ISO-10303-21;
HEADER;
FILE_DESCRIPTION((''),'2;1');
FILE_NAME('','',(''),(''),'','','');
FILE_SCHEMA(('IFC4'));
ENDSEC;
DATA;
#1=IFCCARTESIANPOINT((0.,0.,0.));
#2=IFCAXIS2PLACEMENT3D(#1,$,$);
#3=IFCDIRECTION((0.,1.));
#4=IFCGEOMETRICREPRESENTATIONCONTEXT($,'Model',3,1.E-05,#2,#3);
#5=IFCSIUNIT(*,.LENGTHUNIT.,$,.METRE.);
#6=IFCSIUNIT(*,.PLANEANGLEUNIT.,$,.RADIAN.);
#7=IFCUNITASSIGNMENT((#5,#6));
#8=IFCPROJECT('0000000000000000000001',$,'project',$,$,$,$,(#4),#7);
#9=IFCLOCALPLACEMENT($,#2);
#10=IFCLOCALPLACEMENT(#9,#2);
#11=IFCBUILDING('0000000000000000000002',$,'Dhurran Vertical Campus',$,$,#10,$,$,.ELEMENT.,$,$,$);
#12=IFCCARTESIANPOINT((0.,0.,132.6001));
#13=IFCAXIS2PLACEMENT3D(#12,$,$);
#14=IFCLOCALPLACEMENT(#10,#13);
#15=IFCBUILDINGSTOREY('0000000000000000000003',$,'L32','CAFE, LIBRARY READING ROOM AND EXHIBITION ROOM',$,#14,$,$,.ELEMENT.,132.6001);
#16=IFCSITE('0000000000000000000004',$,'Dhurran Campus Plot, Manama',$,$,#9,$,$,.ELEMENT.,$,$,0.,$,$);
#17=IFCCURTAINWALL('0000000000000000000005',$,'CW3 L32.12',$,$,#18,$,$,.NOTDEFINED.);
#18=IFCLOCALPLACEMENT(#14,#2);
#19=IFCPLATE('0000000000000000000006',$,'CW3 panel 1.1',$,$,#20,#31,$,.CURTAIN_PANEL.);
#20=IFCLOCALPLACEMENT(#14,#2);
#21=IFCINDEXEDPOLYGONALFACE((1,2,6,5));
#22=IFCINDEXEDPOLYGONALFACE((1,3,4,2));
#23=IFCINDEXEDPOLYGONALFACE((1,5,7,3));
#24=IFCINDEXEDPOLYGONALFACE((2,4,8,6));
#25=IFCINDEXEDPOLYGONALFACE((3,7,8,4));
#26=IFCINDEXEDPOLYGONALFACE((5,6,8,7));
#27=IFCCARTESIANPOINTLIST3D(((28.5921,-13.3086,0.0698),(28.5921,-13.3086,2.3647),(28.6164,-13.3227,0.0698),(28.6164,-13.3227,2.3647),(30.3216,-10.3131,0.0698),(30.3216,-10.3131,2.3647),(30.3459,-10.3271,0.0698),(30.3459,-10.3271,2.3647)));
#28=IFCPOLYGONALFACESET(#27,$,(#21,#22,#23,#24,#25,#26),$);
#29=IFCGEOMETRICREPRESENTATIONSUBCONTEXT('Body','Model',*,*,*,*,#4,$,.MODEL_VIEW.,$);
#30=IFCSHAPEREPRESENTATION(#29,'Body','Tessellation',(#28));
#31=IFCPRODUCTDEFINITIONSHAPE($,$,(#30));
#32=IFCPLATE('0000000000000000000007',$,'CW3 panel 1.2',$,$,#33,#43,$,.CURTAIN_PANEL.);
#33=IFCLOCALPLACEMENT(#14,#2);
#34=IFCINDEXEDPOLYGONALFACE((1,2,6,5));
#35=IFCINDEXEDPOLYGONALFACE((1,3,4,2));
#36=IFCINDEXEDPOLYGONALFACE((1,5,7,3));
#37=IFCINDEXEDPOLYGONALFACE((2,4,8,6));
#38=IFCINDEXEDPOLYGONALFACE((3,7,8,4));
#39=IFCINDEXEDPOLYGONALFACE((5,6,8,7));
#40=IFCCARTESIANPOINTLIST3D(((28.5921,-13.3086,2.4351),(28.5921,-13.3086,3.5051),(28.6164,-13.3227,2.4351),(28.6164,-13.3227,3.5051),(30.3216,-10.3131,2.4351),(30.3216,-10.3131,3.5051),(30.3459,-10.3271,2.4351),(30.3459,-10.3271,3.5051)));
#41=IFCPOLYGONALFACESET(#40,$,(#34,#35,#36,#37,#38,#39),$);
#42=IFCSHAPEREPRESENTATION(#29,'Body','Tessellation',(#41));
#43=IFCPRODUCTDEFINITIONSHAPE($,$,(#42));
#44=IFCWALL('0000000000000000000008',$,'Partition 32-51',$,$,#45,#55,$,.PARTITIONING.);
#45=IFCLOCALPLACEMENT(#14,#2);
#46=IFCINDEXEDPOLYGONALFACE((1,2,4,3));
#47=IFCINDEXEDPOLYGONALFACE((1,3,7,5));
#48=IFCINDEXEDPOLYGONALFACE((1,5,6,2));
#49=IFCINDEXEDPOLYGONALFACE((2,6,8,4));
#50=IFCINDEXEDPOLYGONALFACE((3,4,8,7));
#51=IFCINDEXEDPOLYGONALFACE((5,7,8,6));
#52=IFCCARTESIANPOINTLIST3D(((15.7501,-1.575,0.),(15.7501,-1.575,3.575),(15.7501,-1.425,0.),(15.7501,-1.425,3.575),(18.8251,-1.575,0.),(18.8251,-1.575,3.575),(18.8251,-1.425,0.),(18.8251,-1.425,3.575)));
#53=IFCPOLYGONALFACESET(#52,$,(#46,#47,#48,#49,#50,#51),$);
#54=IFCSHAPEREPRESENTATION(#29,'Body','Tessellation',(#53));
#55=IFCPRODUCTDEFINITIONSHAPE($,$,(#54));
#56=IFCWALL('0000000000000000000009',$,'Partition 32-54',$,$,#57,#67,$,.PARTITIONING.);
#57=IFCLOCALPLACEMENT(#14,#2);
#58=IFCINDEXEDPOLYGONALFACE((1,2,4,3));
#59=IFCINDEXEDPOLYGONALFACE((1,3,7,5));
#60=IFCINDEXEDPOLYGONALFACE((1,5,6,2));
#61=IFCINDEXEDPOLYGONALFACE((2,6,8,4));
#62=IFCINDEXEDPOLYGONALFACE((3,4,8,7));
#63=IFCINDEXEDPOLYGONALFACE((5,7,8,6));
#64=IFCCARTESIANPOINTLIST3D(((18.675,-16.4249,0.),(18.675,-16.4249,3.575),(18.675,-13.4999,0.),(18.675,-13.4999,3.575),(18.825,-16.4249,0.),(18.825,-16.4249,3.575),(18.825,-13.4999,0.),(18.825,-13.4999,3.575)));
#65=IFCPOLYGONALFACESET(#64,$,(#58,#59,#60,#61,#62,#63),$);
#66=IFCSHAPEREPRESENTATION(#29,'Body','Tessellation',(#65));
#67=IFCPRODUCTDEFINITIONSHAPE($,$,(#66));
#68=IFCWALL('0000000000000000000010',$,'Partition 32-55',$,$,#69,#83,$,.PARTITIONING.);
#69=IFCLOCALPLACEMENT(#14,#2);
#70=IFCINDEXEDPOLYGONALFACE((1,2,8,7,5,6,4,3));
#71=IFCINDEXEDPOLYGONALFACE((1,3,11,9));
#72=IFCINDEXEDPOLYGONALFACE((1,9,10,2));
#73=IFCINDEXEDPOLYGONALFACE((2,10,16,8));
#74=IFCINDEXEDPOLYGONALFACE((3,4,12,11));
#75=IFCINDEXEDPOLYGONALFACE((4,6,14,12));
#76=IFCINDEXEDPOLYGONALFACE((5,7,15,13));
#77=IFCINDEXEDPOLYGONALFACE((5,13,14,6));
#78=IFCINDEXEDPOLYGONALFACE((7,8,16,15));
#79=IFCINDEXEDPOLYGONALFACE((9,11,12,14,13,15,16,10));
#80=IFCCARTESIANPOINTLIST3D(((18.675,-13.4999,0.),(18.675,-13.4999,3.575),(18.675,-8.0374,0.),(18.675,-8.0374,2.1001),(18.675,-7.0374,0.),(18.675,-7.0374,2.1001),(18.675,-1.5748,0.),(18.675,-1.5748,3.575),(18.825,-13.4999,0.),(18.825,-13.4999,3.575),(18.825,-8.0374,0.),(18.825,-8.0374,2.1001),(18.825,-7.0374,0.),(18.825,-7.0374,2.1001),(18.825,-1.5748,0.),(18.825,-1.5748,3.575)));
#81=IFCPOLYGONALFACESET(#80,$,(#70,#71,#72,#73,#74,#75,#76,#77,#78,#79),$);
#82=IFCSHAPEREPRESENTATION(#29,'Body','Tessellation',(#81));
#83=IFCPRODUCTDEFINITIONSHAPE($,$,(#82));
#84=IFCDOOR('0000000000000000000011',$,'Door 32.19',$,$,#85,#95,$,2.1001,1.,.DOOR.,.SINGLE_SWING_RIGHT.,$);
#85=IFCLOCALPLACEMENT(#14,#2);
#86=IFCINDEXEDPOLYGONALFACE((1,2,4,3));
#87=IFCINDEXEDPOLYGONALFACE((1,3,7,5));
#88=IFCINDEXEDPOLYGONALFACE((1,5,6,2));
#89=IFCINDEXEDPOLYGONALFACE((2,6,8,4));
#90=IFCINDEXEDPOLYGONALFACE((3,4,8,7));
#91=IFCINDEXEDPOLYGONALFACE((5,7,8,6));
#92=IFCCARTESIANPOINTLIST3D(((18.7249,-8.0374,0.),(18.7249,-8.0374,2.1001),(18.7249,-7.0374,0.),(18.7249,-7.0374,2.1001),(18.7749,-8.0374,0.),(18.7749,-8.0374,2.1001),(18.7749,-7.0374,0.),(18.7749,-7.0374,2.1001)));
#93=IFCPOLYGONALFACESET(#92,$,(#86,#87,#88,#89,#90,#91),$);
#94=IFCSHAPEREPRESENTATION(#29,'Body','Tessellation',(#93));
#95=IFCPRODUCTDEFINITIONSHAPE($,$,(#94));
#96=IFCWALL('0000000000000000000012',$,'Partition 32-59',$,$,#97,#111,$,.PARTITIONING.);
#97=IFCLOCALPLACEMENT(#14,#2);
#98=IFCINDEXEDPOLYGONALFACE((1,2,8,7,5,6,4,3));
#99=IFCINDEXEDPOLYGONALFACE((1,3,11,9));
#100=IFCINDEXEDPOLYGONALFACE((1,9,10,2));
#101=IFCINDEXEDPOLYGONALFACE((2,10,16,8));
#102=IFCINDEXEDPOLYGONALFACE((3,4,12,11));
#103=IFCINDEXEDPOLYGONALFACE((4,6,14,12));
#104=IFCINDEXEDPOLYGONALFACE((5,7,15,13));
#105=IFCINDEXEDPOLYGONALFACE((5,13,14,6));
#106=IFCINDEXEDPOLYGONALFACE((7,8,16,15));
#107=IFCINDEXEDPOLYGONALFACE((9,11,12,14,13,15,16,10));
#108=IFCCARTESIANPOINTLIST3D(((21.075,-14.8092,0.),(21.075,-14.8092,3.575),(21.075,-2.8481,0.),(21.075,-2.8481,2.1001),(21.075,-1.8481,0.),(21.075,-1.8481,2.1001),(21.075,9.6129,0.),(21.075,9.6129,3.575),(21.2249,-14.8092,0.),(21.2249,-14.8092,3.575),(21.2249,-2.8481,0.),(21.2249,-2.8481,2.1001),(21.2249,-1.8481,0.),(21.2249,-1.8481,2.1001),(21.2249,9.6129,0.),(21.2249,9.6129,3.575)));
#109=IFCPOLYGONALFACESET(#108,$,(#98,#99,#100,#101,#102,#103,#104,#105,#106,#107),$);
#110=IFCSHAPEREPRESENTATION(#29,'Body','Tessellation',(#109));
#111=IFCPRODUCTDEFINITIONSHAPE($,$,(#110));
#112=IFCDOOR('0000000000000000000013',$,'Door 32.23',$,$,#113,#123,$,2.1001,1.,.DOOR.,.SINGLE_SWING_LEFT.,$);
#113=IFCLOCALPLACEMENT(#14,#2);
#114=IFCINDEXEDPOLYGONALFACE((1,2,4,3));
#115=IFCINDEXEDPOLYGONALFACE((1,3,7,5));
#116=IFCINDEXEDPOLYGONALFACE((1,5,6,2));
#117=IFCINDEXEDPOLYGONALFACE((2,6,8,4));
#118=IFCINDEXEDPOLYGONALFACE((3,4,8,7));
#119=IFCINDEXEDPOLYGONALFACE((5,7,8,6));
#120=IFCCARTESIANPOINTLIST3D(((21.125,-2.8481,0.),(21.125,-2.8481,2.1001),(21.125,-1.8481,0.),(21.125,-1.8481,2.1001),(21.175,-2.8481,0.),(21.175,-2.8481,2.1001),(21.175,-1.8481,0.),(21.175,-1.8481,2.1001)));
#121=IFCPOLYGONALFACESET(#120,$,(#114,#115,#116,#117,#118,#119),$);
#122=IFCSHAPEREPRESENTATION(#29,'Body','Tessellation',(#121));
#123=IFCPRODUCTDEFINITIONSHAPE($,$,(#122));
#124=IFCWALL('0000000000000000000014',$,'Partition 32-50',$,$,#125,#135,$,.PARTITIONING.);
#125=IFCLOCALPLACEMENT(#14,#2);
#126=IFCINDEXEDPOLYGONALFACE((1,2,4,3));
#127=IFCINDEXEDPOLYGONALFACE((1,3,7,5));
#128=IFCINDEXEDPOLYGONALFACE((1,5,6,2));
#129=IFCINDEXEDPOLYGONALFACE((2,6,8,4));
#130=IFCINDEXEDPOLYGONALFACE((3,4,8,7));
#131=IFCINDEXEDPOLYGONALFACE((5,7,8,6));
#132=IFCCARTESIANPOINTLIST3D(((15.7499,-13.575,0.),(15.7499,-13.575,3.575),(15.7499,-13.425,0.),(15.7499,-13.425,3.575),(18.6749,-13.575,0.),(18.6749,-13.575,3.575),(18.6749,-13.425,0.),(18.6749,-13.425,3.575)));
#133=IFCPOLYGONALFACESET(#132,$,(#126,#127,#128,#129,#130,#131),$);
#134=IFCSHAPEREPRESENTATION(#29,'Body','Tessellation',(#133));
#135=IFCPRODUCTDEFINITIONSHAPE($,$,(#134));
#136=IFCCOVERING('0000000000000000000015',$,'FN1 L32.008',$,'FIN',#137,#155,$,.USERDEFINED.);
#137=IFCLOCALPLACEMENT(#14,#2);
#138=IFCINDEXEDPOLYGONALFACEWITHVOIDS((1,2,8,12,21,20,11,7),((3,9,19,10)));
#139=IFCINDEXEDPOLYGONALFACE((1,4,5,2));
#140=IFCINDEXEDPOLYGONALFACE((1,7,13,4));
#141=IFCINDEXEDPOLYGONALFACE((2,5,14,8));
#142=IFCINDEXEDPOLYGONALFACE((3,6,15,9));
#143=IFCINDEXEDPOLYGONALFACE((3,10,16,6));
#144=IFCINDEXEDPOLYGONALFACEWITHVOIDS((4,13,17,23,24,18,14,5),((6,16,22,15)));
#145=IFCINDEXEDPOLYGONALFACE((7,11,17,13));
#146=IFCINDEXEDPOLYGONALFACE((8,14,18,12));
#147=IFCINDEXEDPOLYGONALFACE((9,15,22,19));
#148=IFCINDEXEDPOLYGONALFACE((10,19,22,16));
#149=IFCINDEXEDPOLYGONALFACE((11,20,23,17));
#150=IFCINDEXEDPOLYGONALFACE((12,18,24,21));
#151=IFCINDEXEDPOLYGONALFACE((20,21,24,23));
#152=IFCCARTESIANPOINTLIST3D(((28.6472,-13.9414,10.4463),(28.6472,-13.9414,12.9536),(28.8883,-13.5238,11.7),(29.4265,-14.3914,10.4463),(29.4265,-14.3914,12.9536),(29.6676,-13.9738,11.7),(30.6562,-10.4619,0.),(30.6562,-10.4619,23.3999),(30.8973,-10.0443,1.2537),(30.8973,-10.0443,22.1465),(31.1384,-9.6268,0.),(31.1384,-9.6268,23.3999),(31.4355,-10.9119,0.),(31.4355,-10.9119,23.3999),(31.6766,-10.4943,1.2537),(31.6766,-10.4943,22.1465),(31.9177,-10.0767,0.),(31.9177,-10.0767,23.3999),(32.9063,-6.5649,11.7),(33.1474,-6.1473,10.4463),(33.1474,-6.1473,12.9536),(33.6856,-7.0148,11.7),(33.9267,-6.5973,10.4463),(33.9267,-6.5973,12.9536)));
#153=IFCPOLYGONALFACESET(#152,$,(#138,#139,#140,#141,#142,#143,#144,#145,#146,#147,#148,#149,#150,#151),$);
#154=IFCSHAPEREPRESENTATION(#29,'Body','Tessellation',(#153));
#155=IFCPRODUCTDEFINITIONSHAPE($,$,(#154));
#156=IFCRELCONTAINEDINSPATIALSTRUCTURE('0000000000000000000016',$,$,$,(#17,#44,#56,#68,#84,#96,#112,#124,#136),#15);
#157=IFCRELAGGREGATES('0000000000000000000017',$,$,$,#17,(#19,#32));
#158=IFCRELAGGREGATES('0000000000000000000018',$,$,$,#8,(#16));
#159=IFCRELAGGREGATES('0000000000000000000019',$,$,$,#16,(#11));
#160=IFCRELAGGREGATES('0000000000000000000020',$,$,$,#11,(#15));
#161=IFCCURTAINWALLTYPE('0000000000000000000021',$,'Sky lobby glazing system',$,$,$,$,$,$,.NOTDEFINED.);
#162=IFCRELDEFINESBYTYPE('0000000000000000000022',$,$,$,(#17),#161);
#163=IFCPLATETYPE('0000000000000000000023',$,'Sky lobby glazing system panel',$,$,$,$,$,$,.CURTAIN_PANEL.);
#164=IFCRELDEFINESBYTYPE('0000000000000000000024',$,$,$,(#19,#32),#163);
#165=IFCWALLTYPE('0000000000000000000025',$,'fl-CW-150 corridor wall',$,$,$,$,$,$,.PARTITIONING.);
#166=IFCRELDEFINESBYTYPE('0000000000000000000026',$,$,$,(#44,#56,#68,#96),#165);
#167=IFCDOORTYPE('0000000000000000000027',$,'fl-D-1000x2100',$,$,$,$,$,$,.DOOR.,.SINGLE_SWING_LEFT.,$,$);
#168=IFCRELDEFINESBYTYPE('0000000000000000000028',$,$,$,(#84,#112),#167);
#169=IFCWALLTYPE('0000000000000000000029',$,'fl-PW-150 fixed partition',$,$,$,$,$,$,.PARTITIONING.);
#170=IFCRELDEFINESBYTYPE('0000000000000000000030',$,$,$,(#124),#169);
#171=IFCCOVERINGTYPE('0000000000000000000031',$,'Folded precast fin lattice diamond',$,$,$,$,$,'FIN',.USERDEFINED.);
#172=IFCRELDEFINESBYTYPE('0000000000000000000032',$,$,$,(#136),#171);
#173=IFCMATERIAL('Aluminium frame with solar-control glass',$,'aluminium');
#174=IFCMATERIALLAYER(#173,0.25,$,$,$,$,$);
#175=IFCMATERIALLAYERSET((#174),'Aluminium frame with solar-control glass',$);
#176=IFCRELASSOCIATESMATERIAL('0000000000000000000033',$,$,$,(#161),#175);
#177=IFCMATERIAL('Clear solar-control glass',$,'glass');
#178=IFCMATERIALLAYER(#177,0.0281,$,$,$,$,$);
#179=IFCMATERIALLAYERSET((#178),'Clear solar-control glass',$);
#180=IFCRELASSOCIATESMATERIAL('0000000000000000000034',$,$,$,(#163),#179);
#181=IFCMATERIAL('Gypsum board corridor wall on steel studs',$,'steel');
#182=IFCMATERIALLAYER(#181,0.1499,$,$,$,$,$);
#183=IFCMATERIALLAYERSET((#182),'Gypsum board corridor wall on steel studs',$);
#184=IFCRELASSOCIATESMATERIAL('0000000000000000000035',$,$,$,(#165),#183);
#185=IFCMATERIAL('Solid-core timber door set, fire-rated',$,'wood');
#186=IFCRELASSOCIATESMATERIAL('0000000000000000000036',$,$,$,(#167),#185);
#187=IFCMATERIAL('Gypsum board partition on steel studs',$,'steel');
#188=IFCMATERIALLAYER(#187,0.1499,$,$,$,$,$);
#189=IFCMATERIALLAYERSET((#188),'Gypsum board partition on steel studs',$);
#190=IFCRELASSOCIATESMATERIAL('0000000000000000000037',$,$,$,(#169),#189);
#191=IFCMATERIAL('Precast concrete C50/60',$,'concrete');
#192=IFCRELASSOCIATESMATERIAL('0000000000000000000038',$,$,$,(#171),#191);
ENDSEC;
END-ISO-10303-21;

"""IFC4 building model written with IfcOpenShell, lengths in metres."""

from ifc_helpers import new_model, si_unit, direction, frame, frame_2d, origin, origin_2d, place, context, subcontext, project, spatial, polyline, rectangle, outline, extrude, material, layer, layer_set, type_object, element, fill, aggregate, save


model = new_model("IFC4")

# Units and contexts
model_context = context("Model", 3, precision=1e-05, world=origin(), true_north=direction((0.0, 1.0)))
body_context = subcontext(model_context, "Body", "Model", "MODEL_VIEW")
ifc_project = project(units=[si_unit("LENGTHUNIT", "METRE"), si_unit("PLANEANGLEUNIT", "RADIAN")], contexts=[model_context])

# Site, building, storey
site_placement = place(None, origin())
site = spatial("IfcSite", under=ifc_project, at=site_placement, Name="Dhurran Campus Plot, Manama", CompositionType="ELEMENT", RefElevation=0.0)
building_placement = place(site_placement, origin())
building = spatial("IfcBuilding", under=site, at=building_placement, Name="Dhurran Vertical Campus", CompositionType="ELEMENT")
storey_placement = place(building_placement, frame((0.0, 0.0, 132.6001)))
storey = spatial("IfcBuildingStorey", under=building, at=storey_placement, Name="L32", Description="CAFE, LIBRARY READING ROOM AND EXHIBITION ROOM", CompositionType="ELEMENT", Elevation=132.6001)

# Shared definitions
ifc_material_1 = material(Name="Aluminium frame with solar-control glass", Category="aluminium")
ifc_layer_1 = layer(ifc_material_1, 0.25)
ifc_layer_set_1 = layer_set([ifc_layer_1], Name="Aluminium frame with solar-control glass")
curtain_wall_type = type_object("IfcCurtainWallType", Name="Sky lobby glazing system", PredefinedType="NOTDEFINED", material=ifc_layer_set_1)

# Curtain wall
curtain_wall_1_placement = place(storey_placement, origin())
curtain_wall_1 = element("IfcCurtainWall", 1, at=curtain_wall_1_placement, inside=storey, type_object=curtain_wall_type, Name="CW3 L32.12", PredefinedType="NOTDEFINED")

# Plates
ifc_material_2 = material(Name="Clear solar-control glass", Category="glass")
ifc_layer_2 = layer(ifc_material_2, 0.0281)
ifc_layer_set_2 = layer_set([ifc_layer_2], Name="Clear solar-control glass")
plate_type = type_object("IfcPlateType", Name="Sky lobby glazing system panel", PredefinedType="CURTAIN_PANEL", material=ifc_layer_set_2)
plate_1_placement = place(storey_placement, frame((29.469, -11.8179, 0.0698), z_axis=(0.0, 0.0, 1.0), x_axis=(0.500003, 0.866024, 0.0)))
plate_1 = element("IfcPlate", 2, at=plate_1_placement, type_object=plate_type, Name="CW3 panel 1.1", PredefinedType="CURTAIN_PANEL", context=body_context, shape_type="SweptSolid", body=[
    extrude(rectangle(XDim=3.459, YDim=0.0281, at=origin_2d()), origin(), (0.0, 0.0, 1.0), 2.2949),
])
plate_2_placement = place(storey_placement, frame((29.469, -11.8179, 2.4351), z_axis=(0.0, 0.0, 1.0), x_axis=(0.500003, 0.866024, 0.0)))
plate_2 = element("IfcPlate", 3, at=plate_2_placement, type_object=plate_type, Name="CW3 panel 1.2", PredefinedType="CURTAIN_PANEL", context=body_context, shape_type="SweptSolid", body=[
    extrude(rectangle(XDim=3.459, YDim=0.0281, at=origin_2d()), origin(), (0.0, 0.0, 1.0), 1.0701),
])
aggregate(curtain_wall_1, [plate_1, plate_2])

# Walls
ifc_material_3 = material(Name="Gypsum board corridor wall on steel studs", Category="steel")
ifc_layer_3 = layer(ifc_material_3, 0.1499)
ifc_layer_set_3 = layer_set([ifc_layer_3], Name="Gypsum board corridor wall on steel studs")
wall_type_1 = type_object("IfcWallType", Name="fl-CW-150 corridor wall", PredefinedType="PARTITIONING", material=ifc_layer_set_3)
wall_1_placement = place(storey_placement, frame((15.75, -1.5, 0.0), z_axis=(0.0, 0.0, 1.0), x_axis=(1.0, 0.0, 0.0)))
element("IfcWall", 4, at=wall_1_placement, inside=storey, type_object=wall_type_1, Name="Partition 32-51", PredefinedType="PARTITIONING", context=body_context, shape_type="SweptSolid", body=[
    extrude(rectangle(XDim=3.075, YDim=0.1499, at=frame_2d((1.5376, 0.0))), origin(), (0.0, 0.0, 1.0), 3.575),
])
wall_2_placement = place(storey_placement, frame((18.75, -13.5, 0.0), z_axis=(0.0, 0.0, 1.0), x_axis=(0.0, -1.0, 0.0)))
element("IfcWall", 5, at=wall_2_placement, inside=storey, type_object=wall_type_1, Name="Partition 32-54", PredefinedType="PARTITIONING", context=body_context, shape_type="SweptSolid", body=[
    extrude(rectangle(XDim=2.925, YDim=0.1499, at=frame_2d((1.4624, 0.0))), origin(), (0.0, 0.0, 1.0), 3.575),
])

# Walls, openings, doors
wall_3_placement = place(storey_placement, frame((18.75, -1.575, 0.0), z_axis=(0.0, 0.0, 1.0), x_axis=(0.0, -1.0, 0.0)))
wall_3 = element("IfcWall", 6, at=wall_3_placement, inside=storey, type_object=wall_type_1, Name="Partition 32-55", PredefinedType="PARTITIONING", context=body_context, shape_type="SweptSolid", body=[
    extrude(rectangle(XDim=11.925, YDim=0.1499, at=frame_2d((5.9624, 0.0))), origin(), (0.0, 0.0, 1.0), 3.575),
])
opening_1_placement = place(wall_3_placement, frame((5.4624, 0.0, 0.0)))
opening_1 = element("IfcOpeningElement", 7, at=opening_1_placement, cuts=wall_3, PredefinedType="OPENING", context=body_context, shape_type="SweptSolid", body=[
    extrude(rectangle(XDim=1.0, YDim=2.1001, at=frame_2d((0.5, 1.05))), frame((0.0, 0.085, 0.0), z_axis=(0.0, -1.0, 0.0), x_axis=(1.0, 0.0, 0.0)), (0.0, 0.0, 1.0), 0.1699),
])
ifc_material_4 = material(Name="Solid-core timber door set, fire-rated", Category="wood")
door_type = type_object("IfcDoorType", Name="fl-D-1000x2100", OperationType="SINGLE_SWING_LEFT", PredefinedType="DOOR", material=ifc_material_4)
door_1_placement = place(opening_1_placement, origin())
door_1 = element("IfcDoor", 8, at=door_1_placement, inside=storey, type_object=door_type, Name="Door 32.19", OperationType="SINGLE_SWING_RIGHT", OverallHeight=2.1001, OverallWidth=1.0, PredefinedType="DOOR", context=body_context, shape_type="SweptSolid", body=[
    extrude(rectangle(XDim=1.0, YDim=2.1001, at=frame_2d((0.5, 1.05))), frame((0.0, 0.0249, 0.0), z_axis=(0.0, -1.0, 0.0), x_axis=(1.0, 0.0, 0.0)), (0.0, 0.0, 1.0), 0.05),
])
fill(opening_1, door_1)
wall_4_placement = place(storey_placement, frame((21.1499, -14.8091, 0.0), z_axis=(0.0, 0.0, 1.0), x_axis=(0.0, 1.0, 0.0)))
wall_4 = element("IfcWall", 9, at=wall_4_placement, inside=storey, type_object=wall_type_1, Name="Partition 32-59", PredefinedType="PARTITIONING", context=body_context, shape_type="SweptSolid", body=[
    extrude(rectangle(XDim=24.4221, YDim=0.1499, at=frame_2d((12.2109, 0.0))), origin(), (0.0, 0.0, 1.0), 3.575),
])
opening_2_placement = place(wall_4_placement, frame((11.9609, 0.0, 0.0)))
opening_2 = element("IfcOpeningElement", 10, at=opening_2_placement, cuts=wall_4, PredefinedType="OPENING", context=body_context, shape_type="SweptSolid", body=[
    extrude(rectangle(XDim=1.0, YDim=2.1001, at=frame_2d((0.5, 1.05))), frame((0.0, 0.085, 0.0), z_axis=(0.0, -1.0, 0.0), x_axis=(1.0, 0.0, 0.0)), (0.0, 0.0, 1.0), 0.1699),
])
door_2_placement = place(opening_2_placement, origin())
door_2 = element("IfcDoor", 11, at=door_2_placement, inside=storey, type_object=door_type, Name="Door 32.23", OperationType="SINGLE_SWING_LEFT", OverallHeight=2.1001, OverallWidth=1.0, PredefinedType="DOOR", context=body_context, shape_type="SweptSolid", body=[
    extrude(rectangle(XDim=1.0, YDim=2.1001, at=frame_2d((0.5, 1.05))), frame((0.0, 0.0249, 0.0), z_axis=(0.0, -1.0, 0.0), x_axis=(1.0, 0.0, 0.0)), (0.0, 0.0, 1.0), 0.05),
])
fill(opening_2, door_2)

# Wall
ifc_material_5 = material(Name="Gypsum board partition on steel studs", Category="steel")
ifc_layer_4 = layer(ifc_material_5, 0.1499)
ifc_layer_set_4 = layer_set([ifc_layer_4], Name="Gypsum board partition on steel studs")
wall_type_2 = type_object("IfcWallType", Name="fl-PW-150 fixed partition", PredefinedType="PARTITIONING", material=ifc_layer_set_4)
wall_5_placement = place(storey_placement, frame((15.75, -13.5, 0.0), z_axis=(0.0, 0.0, 1.0), x_axis=(1.0, 0.0, 0.0)))
element("IfcWall", 12, at=wall_5_placement, inside=storey, type_object=wall_type_2, Name="Partition 32-50", PredefinedType="PARTITIONING", context=body_context, shape_type="SweptSolid", body=[
    extrude(rectangle(XDim=2.925, YDim=0.1499, at=frame_2d((1.4624, 0.0))), origin(), (0.0, 0.0, 1.0), 3.575),
])

# Covering
ifc_material_6 = material(Name="Precast concrete C50/60", Category="concrete")
covering_type = type_object("IfcCoveringType", Name="Folded precast fin lattice diamond", ElementType="FIN", PredefinedType="USERDEFINED", material=ifc_material_6)
covering_placement = place(storey_placement, frame((28.6472, -13.9414, 0.0), z_axis=(0.866014, -0.50002, 0.0), x_axis=(0.50002, 0.866014, 0.0)))
element("IfcCovering", 13, at=covering_placement, inside=storey, type_object=covering_type, Name="FN1 L32.008", ObjectType="FIN", PredefinedType="USERDEFINED", context=body_context, shape_type="SweptSolid", body=[
    extrude(outline(polyline([(9.0, 12.9536), (9.0, 10.4463), (4.9822, 0.0), (4.0178, 0.0), (0.0, 10.4463), (0.0, 12.9536), (4.0178, 23.3999), (4.9822, 23.3999), (9.0, 12.9536)]), holes=[polyline([(8.5178, 11.7), (4.5, 22.1465), (0.4822, 11.7), (4.5, 1.2537), (8.5178, 11.7)])]), origin(), (0.0, 0.0, 1.0), 0.8999),
])

save(model, "model.ifc")
